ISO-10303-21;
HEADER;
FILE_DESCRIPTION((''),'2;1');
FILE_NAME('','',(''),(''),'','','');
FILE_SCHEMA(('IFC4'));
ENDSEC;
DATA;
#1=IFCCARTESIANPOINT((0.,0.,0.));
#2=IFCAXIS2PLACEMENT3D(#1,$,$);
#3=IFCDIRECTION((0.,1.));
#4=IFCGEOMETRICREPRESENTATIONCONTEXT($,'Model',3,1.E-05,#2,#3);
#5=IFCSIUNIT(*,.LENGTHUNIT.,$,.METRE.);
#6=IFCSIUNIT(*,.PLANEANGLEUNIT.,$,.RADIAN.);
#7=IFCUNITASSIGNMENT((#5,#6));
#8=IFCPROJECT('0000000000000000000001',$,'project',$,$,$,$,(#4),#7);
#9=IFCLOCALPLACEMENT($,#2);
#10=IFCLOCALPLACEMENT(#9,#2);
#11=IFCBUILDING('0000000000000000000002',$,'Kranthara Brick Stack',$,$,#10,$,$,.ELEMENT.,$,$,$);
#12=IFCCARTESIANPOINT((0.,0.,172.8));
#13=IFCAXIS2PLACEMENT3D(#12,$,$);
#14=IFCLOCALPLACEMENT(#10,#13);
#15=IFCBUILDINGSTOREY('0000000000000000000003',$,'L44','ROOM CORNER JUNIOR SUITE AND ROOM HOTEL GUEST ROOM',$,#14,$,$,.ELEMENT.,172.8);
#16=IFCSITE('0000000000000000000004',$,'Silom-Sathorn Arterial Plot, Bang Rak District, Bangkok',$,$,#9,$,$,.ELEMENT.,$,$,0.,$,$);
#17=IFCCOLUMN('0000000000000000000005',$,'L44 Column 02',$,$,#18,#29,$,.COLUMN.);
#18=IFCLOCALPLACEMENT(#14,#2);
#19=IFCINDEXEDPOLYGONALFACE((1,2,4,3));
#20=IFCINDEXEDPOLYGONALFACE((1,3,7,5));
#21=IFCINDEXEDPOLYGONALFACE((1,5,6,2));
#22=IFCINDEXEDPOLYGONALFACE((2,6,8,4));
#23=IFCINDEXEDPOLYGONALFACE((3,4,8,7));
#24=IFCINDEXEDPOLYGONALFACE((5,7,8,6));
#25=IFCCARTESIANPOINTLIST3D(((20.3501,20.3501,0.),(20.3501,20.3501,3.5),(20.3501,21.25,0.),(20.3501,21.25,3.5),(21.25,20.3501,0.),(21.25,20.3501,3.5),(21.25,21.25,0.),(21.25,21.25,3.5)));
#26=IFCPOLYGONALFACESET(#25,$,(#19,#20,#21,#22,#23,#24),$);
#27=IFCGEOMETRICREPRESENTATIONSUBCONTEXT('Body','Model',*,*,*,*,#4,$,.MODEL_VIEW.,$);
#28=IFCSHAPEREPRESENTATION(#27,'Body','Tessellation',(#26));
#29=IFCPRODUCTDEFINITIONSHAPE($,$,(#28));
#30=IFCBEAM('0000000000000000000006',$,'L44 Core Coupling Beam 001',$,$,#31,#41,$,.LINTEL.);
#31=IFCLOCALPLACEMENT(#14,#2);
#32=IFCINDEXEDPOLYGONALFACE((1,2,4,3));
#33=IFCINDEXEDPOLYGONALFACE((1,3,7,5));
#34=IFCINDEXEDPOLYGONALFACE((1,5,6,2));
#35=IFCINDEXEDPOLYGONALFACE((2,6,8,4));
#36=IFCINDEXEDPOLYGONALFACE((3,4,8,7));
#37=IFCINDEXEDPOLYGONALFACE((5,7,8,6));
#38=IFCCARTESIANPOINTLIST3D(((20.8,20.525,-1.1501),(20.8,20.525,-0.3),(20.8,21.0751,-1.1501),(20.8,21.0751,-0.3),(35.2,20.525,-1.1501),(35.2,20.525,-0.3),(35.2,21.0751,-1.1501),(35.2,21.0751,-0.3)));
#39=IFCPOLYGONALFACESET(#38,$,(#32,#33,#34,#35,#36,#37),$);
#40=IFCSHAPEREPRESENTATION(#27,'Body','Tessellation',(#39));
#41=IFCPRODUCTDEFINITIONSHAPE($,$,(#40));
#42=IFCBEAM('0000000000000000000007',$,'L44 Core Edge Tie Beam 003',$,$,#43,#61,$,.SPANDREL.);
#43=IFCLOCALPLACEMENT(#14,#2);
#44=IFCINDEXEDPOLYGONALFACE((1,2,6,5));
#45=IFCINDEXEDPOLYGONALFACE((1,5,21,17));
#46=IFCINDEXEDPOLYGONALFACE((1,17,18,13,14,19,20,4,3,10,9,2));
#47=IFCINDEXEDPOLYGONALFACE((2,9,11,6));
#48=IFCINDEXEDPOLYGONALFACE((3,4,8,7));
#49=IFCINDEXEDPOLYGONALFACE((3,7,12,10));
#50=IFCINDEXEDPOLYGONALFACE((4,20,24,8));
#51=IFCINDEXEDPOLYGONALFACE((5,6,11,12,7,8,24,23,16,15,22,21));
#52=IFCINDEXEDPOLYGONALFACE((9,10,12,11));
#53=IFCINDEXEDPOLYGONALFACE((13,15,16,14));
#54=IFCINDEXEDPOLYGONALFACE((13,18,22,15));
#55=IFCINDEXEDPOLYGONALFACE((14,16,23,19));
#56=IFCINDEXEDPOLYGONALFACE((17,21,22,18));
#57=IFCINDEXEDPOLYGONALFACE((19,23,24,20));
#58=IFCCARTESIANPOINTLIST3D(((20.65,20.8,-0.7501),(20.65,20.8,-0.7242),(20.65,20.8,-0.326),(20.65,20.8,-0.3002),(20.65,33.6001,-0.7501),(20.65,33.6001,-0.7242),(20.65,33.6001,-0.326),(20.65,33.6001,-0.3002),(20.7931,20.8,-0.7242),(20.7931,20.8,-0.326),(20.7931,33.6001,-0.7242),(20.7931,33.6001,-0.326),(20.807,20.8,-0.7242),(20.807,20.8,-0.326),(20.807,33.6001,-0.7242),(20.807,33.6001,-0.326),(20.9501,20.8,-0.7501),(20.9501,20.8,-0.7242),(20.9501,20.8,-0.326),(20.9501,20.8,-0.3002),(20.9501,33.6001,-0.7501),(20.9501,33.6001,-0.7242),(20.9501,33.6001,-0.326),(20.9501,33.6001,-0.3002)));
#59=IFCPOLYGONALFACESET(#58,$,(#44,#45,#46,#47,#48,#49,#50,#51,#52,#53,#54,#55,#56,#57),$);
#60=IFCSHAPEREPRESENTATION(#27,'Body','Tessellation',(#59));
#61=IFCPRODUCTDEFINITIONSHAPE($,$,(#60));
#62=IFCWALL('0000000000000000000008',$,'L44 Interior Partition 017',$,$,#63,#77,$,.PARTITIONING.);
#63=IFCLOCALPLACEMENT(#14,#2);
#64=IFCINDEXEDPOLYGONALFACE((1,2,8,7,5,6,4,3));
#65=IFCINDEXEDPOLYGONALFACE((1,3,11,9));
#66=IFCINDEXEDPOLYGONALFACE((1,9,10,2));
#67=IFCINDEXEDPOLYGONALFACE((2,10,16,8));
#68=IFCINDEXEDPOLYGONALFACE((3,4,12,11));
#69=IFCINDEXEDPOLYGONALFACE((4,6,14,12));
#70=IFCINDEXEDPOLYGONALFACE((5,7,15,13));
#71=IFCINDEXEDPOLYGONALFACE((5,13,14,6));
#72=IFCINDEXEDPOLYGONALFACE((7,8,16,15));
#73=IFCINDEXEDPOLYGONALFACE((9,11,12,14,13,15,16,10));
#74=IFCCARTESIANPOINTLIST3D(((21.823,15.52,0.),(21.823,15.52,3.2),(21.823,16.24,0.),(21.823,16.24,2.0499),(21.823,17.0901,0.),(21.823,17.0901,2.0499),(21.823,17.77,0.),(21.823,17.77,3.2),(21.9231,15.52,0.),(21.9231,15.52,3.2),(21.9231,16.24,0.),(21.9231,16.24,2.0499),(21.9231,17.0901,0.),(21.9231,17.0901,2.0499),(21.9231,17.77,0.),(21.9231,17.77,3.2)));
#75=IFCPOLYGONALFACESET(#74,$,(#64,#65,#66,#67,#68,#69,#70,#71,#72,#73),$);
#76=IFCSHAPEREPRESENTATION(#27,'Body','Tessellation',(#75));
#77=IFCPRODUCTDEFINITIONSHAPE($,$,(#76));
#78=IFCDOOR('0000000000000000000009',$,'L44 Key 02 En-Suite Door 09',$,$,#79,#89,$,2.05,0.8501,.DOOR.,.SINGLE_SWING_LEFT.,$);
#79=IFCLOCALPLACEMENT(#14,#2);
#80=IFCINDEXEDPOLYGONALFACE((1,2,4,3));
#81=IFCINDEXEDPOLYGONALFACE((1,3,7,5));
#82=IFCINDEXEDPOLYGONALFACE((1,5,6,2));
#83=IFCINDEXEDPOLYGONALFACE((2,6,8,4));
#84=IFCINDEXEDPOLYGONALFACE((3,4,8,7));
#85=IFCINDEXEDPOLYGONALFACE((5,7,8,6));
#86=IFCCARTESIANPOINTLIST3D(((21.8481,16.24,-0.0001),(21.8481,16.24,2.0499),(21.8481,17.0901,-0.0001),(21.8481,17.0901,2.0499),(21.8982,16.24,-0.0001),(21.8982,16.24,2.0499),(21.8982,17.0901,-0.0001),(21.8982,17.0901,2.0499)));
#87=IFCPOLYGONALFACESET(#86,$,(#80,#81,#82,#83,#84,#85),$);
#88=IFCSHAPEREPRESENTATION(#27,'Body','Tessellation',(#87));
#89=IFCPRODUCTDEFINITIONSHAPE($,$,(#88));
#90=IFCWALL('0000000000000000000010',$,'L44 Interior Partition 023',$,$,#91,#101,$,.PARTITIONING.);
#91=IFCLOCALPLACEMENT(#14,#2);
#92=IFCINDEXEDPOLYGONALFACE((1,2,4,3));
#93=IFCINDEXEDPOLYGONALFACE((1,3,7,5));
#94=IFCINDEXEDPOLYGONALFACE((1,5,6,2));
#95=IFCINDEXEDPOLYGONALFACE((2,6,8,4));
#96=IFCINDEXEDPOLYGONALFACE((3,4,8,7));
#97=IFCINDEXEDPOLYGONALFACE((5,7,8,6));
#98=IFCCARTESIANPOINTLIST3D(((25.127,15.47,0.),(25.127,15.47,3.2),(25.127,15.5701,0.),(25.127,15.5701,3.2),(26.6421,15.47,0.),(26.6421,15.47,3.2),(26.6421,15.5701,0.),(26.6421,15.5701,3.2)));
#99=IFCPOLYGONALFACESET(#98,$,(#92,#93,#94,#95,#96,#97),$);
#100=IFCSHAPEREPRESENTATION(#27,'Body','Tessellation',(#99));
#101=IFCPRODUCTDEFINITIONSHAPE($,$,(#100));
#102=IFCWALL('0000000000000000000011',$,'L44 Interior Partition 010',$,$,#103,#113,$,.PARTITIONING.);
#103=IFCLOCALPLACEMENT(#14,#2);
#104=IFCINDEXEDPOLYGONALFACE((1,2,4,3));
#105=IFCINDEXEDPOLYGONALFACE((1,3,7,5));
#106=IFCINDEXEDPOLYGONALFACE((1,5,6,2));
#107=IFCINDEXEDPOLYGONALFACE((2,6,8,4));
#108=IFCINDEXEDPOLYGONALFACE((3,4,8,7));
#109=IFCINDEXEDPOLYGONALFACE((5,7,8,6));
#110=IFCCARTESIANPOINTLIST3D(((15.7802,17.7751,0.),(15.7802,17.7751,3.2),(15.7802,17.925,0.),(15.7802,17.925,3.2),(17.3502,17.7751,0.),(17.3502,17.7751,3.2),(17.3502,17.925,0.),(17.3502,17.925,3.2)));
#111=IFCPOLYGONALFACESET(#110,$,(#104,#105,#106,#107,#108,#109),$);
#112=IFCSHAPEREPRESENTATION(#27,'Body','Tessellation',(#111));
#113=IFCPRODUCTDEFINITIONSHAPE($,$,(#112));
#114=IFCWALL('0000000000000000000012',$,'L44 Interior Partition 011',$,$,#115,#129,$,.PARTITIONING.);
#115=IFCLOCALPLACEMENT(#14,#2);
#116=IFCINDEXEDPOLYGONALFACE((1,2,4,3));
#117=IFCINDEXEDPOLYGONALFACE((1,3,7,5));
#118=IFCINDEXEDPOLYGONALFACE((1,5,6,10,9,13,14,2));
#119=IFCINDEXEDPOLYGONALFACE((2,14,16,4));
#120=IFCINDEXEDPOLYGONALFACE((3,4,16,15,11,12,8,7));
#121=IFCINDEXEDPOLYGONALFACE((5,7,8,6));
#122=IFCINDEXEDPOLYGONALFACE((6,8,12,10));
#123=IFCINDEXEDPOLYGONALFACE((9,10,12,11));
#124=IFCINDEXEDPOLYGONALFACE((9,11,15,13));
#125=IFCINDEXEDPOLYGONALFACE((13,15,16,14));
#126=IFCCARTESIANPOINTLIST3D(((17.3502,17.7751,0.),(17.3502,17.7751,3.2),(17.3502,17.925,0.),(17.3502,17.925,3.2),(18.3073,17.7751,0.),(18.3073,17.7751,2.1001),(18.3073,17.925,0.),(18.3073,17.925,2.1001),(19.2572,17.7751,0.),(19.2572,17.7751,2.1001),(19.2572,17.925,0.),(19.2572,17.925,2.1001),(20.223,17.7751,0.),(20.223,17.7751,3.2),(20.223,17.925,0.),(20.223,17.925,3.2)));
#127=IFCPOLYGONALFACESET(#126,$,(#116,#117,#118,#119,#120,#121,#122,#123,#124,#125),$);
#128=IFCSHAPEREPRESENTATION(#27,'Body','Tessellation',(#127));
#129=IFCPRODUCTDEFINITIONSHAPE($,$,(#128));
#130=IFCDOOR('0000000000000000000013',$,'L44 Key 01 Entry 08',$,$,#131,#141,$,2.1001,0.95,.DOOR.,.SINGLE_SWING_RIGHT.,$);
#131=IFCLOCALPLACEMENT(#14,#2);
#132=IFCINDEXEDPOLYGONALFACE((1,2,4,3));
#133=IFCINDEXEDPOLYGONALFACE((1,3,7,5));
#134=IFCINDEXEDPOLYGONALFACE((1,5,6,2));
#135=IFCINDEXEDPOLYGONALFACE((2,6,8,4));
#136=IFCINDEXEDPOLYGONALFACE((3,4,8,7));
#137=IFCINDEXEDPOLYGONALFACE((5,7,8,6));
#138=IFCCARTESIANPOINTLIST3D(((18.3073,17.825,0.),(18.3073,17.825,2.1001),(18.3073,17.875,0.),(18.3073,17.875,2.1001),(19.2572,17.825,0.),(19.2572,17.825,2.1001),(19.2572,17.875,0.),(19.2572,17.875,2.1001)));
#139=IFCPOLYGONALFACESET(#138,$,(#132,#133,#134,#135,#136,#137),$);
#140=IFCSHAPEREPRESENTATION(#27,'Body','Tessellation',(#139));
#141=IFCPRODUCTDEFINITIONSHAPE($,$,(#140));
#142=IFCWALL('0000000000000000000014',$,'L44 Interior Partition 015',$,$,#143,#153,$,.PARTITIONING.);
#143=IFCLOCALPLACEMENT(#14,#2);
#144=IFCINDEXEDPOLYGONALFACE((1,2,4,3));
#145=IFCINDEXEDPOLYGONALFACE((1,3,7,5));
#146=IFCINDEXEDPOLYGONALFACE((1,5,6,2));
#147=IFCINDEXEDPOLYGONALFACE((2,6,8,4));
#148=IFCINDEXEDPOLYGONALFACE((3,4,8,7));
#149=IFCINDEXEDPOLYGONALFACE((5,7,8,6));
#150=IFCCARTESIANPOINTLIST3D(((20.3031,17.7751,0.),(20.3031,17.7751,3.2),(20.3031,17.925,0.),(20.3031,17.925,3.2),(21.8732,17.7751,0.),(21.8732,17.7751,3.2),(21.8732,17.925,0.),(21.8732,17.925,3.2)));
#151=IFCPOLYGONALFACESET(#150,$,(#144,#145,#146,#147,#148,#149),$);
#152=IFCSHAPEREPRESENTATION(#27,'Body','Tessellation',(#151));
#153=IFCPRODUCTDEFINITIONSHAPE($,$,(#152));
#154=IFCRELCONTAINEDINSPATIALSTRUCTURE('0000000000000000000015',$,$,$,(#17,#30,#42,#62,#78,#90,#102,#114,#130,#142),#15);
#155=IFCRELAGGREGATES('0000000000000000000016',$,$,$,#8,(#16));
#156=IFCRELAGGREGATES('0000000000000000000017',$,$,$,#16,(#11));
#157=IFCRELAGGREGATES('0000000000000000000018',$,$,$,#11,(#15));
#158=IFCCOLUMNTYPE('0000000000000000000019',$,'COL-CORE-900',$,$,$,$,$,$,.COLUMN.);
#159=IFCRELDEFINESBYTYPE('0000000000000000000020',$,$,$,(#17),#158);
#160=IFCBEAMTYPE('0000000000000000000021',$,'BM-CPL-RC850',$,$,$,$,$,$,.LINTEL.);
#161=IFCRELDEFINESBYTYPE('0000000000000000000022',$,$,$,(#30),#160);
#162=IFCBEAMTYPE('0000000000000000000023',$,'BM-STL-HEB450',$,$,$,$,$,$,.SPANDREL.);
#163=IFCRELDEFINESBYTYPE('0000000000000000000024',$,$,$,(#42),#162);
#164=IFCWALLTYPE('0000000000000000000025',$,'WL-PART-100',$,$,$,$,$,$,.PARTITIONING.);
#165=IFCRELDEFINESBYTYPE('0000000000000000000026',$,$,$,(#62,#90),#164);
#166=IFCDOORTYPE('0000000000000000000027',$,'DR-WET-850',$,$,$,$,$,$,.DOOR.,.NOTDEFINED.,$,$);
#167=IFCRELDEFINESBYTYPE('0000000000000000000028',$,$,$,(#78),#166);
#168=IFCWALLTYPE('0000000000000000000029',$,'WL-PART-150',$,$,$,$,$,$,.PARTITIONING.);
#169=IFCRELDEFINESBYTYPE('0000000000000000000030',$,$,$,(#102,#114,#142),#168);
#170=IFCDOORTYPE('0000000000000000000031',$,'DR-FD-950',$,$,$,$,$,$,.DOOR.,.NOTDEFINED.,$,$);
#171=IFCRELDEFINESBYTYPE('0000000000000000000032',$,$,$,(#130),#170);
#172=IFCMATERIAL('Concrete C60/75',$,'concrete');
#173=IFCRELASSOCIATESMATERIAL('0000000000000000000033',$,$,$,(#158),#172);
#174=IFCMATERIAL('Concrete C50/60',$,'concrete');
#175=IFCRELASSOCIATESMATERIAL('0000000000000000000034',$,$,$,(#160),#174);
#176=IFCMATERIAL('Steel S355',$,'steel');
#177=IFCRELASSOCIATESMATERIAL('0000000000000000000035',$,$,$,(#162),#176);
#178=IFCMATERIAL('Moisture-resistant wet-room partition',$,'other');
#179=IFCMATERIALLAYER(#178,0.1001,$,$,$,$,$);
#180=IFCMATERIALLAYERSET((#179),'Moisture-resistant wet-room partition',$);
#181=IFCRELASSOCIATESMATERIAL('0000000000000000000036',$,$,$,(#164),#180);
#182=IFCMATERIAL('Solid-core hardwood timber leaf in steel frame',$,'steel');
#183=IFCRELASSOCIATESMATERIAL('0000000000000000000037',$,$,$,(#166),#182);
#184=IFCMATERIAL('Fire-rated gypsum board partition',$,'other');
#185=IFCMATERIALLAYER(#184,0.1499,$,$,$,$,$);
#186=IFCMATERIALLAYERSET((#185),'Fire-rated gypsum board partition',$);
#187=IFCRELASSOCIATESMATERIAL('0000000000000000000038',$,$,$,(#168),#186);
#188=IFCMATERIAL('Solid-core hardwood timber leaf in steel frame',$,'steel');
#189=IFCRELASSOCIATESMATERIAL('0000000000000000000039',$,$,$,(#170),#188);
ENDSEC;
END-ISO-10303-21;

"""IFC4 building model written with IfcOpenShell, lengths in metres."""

from ifc_helpers import new_model, si_unit, direction, frame, frame_2d, origin, origin_2d, place, context, subcontext, project, spatial, rectangle, i_section, extrude, material, layer, layer_set, material_profile, profile_set, type_object, element, fill, save


model = new_model("IFC4")

# Units and contexts
model_context = context("Model", 3, precision=1e-05, world=origin(), true_north=direction((0.0, 1.0)))
body_context = subcontext(model_context, "Body", "Model", "MODEL_VIEW")
ifc_project = project(units=[si_unit("LENGTHUNIT", "METRE"), si_unit("PLANEANGLEUNIT", "RADIAN")], contexts=[model_context])

# Site, building, storey
site_placement = place(None, origin())
site = spatial("IfcSite", under=ifc_project, at=site_placement, Name="Silom-Sathorn Arterial Plot, Bang Rak District, Bangkok", CompositionType="ELEMENT", RefElevation=0.0)
building_placement = place(site_placement, origin())
building = spatial("IfcBuilding", under=site, at=building_placement, Name="Kranthara Brick Stack", CompositionType="ELEMENT")
storey_placement = place(building_placement, frame((0.0, 0.0, 172.8)))
storey = spatial("IfcBuildingStorey", under=building, at=storey_placement, Name="L44", Description="ROOM CORNER JUNIOR SUITE AND ROOM HOTEL GUEST ROOM", CompositionType="ELEMENT", Elevation=172.8)

# Column
ifc_material_1 = material(Name="Concrete C60/75", Category="concrete")
ifc_material_profile_1 = material_profile(ifc_material_1, rectangle(XDim=0.8999, YDim=0.8999, at=origin_2d()), Name="RC 900x900")
ifc_profile_set_1 = profile_set([ifc_material_profile_1], Name="Concrete C60/75")
column_type = type_object("IfcColumnType", Name="COL-CORE-900", PredefinedType="COLUMN", material=ifc_profile_set_1)
column_placement = place(storey_placement, frame((20.8, 20.8, 0.0), z_axis=(0.0, 0.0, 1.0), x_axis=(1.0, 0.0, 0.0)))
element("IfcColumn", 1, at=column_placement, inside=storey, type_object=column_type, Name="L44 Column 02", PredefinedType="COLUMN", context=body_context, shape_type="SweptSolid", body=[
    extrude(rectangle(XDim=0.8999, YDim=0.8999, at=origin_2d()), origin(), (0.0, 0.0, 1.0), 3.5),
])

# Beams
ifc_material_2 = material(Name="Concrete C50/60", Category="concrete")
ifc_material_profile_2 = material_profile(ifc_material_2, rectangle(XDim=0.55, YDim=0.8501, at=origin_2d()), Name="RC 550x850")
ifc_profile_set_2 = profile_set([ifc_material_profile_2], Name="Concrete C50/60")
beam_type_1 = type_object("IfcBeamType", Name="BM-CPL-RC850", PredefinedType="LINTEL", material=ifc_profile_set_2)
beam_1_placement = place(storey_placement, frame((20.8, 20.8, -0.7251), z_axis=(1.0, 0.0, 0.0), x_axis=(0.0, 1.0, 0.0)))
element("IfcBeam", 2, at=beam_1_placement, inside=storey, type_object=beam_type_1, Name="L44 Core Coupling Beam 001", PredefinedType="LINTEL", context=body_context, shape_type="SweptSolid", body=[
    extrude(rectangle(XDim=0.55, YDim=0.8501, at=origin_2d()), origin(), (0.0, 0.0, 1.0), 14.3999),
])
ifc_material_3 = material(Name="Steel S355", Category="steel")
ifc_material_profile_3 = material_profile(ifc_material_3, i_section(OverallWidth=0.3, OverallDepth=0.45, WebThickness=0.0139, FlangeThickness=0.0259, at=origin_2d()), Name="HEB 450")
ifc_profile_set_3 = profile_set([ifc_material_profile_3], Name="Steel S355")
beam_type_2 = type_object("IfcBeamType", Name="BM-STL-HEB450", PredefinedType="SPANDREL", material=ifc_profile_set_3)
beam_2_placement = place(storey_placement, frame((20.8, 20.8, -0.5251), z_axis=(0.0, 1.0, 0.0), x_axis=(-1.0, 0.0, 0.0)))
element("IfcBeam", 3, at=beam_2_placement, inside=storey, type_object=beam_type_2, Name="L44 Core Edge Tie Beam 003", PredefinedType="SPANDREL", context=body_context, shape_type="SweptSolid", body=[
    extrude(i_section(OverallWidth=0.3, OverallDepth=0.45, WebThickness=0.0139, FlangeThickness=0.0259, at=origin_2d()), origin(), (0.0, 0.0, 1.0), 12.8),
])

# Wall, opening, door
ifc_material_4 = material(Name="Moisture-resistant wet-room partition", Category="other")
ifc_layer_1 = layer(ifc_material_4, 0.1001)
ifc_layer_set_1 = layer_set([ifc_layer_1], Name="Moisture-resistant wet-room partition")
wall_type_1 = type_object("IfcWallType", Name="WL-PART-100", PredefinedType="PARTITIONING", material=ifc_layer_set_1)
wall_1_placement = place(storey_placement, frame((21.873, 15.52, 0.0), z_axis=(0.0, 0.0, 1.0), x_axis=(0.0, 1.0, 0.0)))
wall_1 = element("IfcWall", 4, at=wall_1_placement, inside=storey, type_object=wall_type_1, Name="L44 Interior Partition 017", PredefinedType="PARTITIONING", context=body_context, shape_type="SweptSolid", body=[
    extrude(rectangle(XDim=2.25, YDim=0.1001, at=frame_2d((1.125, 0.0))), origin(), (0.0, 0.0, 1.0), 3.2),
])
opening_1_placement = place(wall_1_placement, frame((0.72, 0.0, 0.0)))
opening_1 = element("IfcOpeningElement", 5, at=opening_1_placement, cuts=wall_1, PredefinedType="OPENING", context=body_context, shape_type="SweptSolid", body=[
    extrude(rectangle(XDim=0.8501, YDim=2.05, at=frame_2d((0.425, 1.0249))), frame((0.0, 0.0601, 0.0), z_axis=(0.0, -1.0, 0.0), x_axis=(1.0, 0.0, 0.0)), (0.0, 0.0, 1.0), 0.1201),
])
ifc_material_5 = material(Name="Solid-core hardwood timber leaf in steel frame", Category="steel")
door_type_1 = type_object("IfcDoorType", Name="DR-WET-850", OperationType="NOTDEFINED", PredefinedType="DOOR", material=ifc_material_5)
door_1_placement = place(opening_1_placement, origin())
door_1 = element("IfcDoor", 6, at=door_1_placement, inside=storey, type_object=door_type_1, Name="L44 Key 02 En-Suite Door 09", OperationType="SINGLE_SWING_LEFT", OverallHeight=2.05, OverallWidth=0.8501, PredefinedType="DOOR", context=body_context, shape_type="SweptSolid", body=[
    extrude(rectangle(XDim=0.8501, YDim=2.05, at=frame_2d((0.425, 1.0249))), frame((0.0, 0.0249, 0.0), z_axis=(0.0, -1.0, 0.0), x_axis=(1.0, 0.0, 0.0)), (0.0, 0.0, 1.0), 0.05),
])
fill(opening_1, door_1)

# Walls
wall_2_placement = place(storey_placement, frame((25.127, 15.52, 0.0), z_axis=(0.0, 0.0, 1.0), x_axis=(1.0, 0.0, 0.0)))
element("IfcWall", 7, at=wall_2_placement, inside=storey, type_object=wall_type_1, Name="L44 Interior Partition 023", PredefinedType="PARTITIONING", context=body_context, shape_type="SweptSolid", body=[
    extrude(rectangle(XDim=1.5151, YDim=0.1001, at=frame_2d((0.7576, 0.0))), origin(), (0.0, 0.0, 1.0), 3.2),
])
ifc_material_6 = material(Name="Fire-rated gypsum board partition", Category="other")
ifc_layer_2 = layer(ifc_material_6, 0.1499)
ifc_layer_set_2 = layer_set([ifc_layer_2], Name="Fire-rated gypsum board partition")
wall_type_2 = type_object("IfcWallType", Name="WL-PART-150", PredefinedType="PARTITIONING", material=ifc_layer_set_2)
wall_3_placement = place(storey_placement, frame((15.78, 17.8501, 0.0), z_axis=(0.0, 0.0, 1.0), x_axis=(1.0, 0.0, 0.0)))
element("IfcWall", 8, at=wall_3_placement, inside=storey, type_object=wall_type_2, Name="L44 Interior Partition 010", PredefinedType="PARTITIONING", context=body_context, shape_type="SweptSolid", body=[
    extrude(rectangle(XDim=1.5701, YDim=0.1499, at=frame_2d((0.7852, 0.0))), origin(), (0.0, 0.0, 1.0), 3.2),
])

# Wall, opening, door
wall_4_placement = place(storey_placement, frame((17.3501, 17.8501, 0.0), z_axis=(0.0, 0.0, 1.0), x_axis=(1.0, 0.0, 0.0)))
wall_4 = element("IfcWall", 9, at=wall_4_placement, inside=storey, type_object=wall_type_2, Name="L44 Interior Partition 011", PredefinedType="PARTITIONING", context=body_context, shape_type="SweptSolid", body=[
    extrude(rectangle(XDim=2.8728, YDim=0.1499, at=frame_2d((1.4365, 0.0))), origin(), (0.0, 0.0, 1.0), 3.2),
])
opening_2_placement = place(wall_4_placement, frame((0.957, 0.0, 0.0)))
opening_2 = element("IfcOpeningElement", 10, at=opening_2_placement, cuts=wall_4, PredefinedType="OPENING", context=body_context, shape_type="SweptSolid", body=[
    extrude(rectangle(XDim=0.95, YDim=2.1001, at=frame_2d((0.4751, 1.05))), frame((0.0, 0.085, 0.0), z_axis=(0.0, -1.0, 0.0), x_axis=(1.0, 0.0, 0.0)), (0.0, 0.0, 1.0), 0.1699),
])
ifc_material_7 = material(Name="Solid-core hardwood timber leaf in steel frame", Category="steel")
door_type_2 = type_object("IfcDoorType", Name="DR-FD-950", OperationType="NOTDEFINED", PredefinedType="DOOR", material=ifc_material_7)
door_2_placement = place(opening_2_placement, origin())
door_2 = element("IfcDoor", 11, at=door_2_placement, inside=storey, type_object=door_type_2, Name="L44 Key 01 Entry 08", OperationType="SINGLE_SWING_RIGHT", OverallHeight=2.1001, OverallWidth=0.95, PredefinedType="DOOR", context=body_context, shape_type="SweptSolid", body=[
    extrude(rectangle(XDim=0.95, YDim=2.1001, at=frame_2d((0.4751, 1.05))), frame((0.0, 0.0249, 0.0), z_axis=(0.0, -1.0, 0.0), x_axis=(1.0, 0.0, 0.0)), (0.0, 0.0, 1.0), 0.05),
])
fill(opening_2, door_2)

# Wall
wall_5_placement = place(storey_placement, frame((20.303, 17.8501, 0.0), z_axis=(0.0, 0.0, 1.0), x_axis=(1.0, 0.0, 0.0)))
element("IfcWall", 12, at=wall_5_placement, inside=storey, type_object=wall_type_2, Name="L44 Interior Partition 015", PredefinedType="PARTITIONING", context=body_context, shape_type="SweptSolid", body=[
    extrude(rectangle(XDim=1.5701, YDim=0.1499, at=frame_2d((0.7852, 0.0))), origin(), (0.0, 0.0, 1.0), 3.2),
])

save(model, "model.ifc")
